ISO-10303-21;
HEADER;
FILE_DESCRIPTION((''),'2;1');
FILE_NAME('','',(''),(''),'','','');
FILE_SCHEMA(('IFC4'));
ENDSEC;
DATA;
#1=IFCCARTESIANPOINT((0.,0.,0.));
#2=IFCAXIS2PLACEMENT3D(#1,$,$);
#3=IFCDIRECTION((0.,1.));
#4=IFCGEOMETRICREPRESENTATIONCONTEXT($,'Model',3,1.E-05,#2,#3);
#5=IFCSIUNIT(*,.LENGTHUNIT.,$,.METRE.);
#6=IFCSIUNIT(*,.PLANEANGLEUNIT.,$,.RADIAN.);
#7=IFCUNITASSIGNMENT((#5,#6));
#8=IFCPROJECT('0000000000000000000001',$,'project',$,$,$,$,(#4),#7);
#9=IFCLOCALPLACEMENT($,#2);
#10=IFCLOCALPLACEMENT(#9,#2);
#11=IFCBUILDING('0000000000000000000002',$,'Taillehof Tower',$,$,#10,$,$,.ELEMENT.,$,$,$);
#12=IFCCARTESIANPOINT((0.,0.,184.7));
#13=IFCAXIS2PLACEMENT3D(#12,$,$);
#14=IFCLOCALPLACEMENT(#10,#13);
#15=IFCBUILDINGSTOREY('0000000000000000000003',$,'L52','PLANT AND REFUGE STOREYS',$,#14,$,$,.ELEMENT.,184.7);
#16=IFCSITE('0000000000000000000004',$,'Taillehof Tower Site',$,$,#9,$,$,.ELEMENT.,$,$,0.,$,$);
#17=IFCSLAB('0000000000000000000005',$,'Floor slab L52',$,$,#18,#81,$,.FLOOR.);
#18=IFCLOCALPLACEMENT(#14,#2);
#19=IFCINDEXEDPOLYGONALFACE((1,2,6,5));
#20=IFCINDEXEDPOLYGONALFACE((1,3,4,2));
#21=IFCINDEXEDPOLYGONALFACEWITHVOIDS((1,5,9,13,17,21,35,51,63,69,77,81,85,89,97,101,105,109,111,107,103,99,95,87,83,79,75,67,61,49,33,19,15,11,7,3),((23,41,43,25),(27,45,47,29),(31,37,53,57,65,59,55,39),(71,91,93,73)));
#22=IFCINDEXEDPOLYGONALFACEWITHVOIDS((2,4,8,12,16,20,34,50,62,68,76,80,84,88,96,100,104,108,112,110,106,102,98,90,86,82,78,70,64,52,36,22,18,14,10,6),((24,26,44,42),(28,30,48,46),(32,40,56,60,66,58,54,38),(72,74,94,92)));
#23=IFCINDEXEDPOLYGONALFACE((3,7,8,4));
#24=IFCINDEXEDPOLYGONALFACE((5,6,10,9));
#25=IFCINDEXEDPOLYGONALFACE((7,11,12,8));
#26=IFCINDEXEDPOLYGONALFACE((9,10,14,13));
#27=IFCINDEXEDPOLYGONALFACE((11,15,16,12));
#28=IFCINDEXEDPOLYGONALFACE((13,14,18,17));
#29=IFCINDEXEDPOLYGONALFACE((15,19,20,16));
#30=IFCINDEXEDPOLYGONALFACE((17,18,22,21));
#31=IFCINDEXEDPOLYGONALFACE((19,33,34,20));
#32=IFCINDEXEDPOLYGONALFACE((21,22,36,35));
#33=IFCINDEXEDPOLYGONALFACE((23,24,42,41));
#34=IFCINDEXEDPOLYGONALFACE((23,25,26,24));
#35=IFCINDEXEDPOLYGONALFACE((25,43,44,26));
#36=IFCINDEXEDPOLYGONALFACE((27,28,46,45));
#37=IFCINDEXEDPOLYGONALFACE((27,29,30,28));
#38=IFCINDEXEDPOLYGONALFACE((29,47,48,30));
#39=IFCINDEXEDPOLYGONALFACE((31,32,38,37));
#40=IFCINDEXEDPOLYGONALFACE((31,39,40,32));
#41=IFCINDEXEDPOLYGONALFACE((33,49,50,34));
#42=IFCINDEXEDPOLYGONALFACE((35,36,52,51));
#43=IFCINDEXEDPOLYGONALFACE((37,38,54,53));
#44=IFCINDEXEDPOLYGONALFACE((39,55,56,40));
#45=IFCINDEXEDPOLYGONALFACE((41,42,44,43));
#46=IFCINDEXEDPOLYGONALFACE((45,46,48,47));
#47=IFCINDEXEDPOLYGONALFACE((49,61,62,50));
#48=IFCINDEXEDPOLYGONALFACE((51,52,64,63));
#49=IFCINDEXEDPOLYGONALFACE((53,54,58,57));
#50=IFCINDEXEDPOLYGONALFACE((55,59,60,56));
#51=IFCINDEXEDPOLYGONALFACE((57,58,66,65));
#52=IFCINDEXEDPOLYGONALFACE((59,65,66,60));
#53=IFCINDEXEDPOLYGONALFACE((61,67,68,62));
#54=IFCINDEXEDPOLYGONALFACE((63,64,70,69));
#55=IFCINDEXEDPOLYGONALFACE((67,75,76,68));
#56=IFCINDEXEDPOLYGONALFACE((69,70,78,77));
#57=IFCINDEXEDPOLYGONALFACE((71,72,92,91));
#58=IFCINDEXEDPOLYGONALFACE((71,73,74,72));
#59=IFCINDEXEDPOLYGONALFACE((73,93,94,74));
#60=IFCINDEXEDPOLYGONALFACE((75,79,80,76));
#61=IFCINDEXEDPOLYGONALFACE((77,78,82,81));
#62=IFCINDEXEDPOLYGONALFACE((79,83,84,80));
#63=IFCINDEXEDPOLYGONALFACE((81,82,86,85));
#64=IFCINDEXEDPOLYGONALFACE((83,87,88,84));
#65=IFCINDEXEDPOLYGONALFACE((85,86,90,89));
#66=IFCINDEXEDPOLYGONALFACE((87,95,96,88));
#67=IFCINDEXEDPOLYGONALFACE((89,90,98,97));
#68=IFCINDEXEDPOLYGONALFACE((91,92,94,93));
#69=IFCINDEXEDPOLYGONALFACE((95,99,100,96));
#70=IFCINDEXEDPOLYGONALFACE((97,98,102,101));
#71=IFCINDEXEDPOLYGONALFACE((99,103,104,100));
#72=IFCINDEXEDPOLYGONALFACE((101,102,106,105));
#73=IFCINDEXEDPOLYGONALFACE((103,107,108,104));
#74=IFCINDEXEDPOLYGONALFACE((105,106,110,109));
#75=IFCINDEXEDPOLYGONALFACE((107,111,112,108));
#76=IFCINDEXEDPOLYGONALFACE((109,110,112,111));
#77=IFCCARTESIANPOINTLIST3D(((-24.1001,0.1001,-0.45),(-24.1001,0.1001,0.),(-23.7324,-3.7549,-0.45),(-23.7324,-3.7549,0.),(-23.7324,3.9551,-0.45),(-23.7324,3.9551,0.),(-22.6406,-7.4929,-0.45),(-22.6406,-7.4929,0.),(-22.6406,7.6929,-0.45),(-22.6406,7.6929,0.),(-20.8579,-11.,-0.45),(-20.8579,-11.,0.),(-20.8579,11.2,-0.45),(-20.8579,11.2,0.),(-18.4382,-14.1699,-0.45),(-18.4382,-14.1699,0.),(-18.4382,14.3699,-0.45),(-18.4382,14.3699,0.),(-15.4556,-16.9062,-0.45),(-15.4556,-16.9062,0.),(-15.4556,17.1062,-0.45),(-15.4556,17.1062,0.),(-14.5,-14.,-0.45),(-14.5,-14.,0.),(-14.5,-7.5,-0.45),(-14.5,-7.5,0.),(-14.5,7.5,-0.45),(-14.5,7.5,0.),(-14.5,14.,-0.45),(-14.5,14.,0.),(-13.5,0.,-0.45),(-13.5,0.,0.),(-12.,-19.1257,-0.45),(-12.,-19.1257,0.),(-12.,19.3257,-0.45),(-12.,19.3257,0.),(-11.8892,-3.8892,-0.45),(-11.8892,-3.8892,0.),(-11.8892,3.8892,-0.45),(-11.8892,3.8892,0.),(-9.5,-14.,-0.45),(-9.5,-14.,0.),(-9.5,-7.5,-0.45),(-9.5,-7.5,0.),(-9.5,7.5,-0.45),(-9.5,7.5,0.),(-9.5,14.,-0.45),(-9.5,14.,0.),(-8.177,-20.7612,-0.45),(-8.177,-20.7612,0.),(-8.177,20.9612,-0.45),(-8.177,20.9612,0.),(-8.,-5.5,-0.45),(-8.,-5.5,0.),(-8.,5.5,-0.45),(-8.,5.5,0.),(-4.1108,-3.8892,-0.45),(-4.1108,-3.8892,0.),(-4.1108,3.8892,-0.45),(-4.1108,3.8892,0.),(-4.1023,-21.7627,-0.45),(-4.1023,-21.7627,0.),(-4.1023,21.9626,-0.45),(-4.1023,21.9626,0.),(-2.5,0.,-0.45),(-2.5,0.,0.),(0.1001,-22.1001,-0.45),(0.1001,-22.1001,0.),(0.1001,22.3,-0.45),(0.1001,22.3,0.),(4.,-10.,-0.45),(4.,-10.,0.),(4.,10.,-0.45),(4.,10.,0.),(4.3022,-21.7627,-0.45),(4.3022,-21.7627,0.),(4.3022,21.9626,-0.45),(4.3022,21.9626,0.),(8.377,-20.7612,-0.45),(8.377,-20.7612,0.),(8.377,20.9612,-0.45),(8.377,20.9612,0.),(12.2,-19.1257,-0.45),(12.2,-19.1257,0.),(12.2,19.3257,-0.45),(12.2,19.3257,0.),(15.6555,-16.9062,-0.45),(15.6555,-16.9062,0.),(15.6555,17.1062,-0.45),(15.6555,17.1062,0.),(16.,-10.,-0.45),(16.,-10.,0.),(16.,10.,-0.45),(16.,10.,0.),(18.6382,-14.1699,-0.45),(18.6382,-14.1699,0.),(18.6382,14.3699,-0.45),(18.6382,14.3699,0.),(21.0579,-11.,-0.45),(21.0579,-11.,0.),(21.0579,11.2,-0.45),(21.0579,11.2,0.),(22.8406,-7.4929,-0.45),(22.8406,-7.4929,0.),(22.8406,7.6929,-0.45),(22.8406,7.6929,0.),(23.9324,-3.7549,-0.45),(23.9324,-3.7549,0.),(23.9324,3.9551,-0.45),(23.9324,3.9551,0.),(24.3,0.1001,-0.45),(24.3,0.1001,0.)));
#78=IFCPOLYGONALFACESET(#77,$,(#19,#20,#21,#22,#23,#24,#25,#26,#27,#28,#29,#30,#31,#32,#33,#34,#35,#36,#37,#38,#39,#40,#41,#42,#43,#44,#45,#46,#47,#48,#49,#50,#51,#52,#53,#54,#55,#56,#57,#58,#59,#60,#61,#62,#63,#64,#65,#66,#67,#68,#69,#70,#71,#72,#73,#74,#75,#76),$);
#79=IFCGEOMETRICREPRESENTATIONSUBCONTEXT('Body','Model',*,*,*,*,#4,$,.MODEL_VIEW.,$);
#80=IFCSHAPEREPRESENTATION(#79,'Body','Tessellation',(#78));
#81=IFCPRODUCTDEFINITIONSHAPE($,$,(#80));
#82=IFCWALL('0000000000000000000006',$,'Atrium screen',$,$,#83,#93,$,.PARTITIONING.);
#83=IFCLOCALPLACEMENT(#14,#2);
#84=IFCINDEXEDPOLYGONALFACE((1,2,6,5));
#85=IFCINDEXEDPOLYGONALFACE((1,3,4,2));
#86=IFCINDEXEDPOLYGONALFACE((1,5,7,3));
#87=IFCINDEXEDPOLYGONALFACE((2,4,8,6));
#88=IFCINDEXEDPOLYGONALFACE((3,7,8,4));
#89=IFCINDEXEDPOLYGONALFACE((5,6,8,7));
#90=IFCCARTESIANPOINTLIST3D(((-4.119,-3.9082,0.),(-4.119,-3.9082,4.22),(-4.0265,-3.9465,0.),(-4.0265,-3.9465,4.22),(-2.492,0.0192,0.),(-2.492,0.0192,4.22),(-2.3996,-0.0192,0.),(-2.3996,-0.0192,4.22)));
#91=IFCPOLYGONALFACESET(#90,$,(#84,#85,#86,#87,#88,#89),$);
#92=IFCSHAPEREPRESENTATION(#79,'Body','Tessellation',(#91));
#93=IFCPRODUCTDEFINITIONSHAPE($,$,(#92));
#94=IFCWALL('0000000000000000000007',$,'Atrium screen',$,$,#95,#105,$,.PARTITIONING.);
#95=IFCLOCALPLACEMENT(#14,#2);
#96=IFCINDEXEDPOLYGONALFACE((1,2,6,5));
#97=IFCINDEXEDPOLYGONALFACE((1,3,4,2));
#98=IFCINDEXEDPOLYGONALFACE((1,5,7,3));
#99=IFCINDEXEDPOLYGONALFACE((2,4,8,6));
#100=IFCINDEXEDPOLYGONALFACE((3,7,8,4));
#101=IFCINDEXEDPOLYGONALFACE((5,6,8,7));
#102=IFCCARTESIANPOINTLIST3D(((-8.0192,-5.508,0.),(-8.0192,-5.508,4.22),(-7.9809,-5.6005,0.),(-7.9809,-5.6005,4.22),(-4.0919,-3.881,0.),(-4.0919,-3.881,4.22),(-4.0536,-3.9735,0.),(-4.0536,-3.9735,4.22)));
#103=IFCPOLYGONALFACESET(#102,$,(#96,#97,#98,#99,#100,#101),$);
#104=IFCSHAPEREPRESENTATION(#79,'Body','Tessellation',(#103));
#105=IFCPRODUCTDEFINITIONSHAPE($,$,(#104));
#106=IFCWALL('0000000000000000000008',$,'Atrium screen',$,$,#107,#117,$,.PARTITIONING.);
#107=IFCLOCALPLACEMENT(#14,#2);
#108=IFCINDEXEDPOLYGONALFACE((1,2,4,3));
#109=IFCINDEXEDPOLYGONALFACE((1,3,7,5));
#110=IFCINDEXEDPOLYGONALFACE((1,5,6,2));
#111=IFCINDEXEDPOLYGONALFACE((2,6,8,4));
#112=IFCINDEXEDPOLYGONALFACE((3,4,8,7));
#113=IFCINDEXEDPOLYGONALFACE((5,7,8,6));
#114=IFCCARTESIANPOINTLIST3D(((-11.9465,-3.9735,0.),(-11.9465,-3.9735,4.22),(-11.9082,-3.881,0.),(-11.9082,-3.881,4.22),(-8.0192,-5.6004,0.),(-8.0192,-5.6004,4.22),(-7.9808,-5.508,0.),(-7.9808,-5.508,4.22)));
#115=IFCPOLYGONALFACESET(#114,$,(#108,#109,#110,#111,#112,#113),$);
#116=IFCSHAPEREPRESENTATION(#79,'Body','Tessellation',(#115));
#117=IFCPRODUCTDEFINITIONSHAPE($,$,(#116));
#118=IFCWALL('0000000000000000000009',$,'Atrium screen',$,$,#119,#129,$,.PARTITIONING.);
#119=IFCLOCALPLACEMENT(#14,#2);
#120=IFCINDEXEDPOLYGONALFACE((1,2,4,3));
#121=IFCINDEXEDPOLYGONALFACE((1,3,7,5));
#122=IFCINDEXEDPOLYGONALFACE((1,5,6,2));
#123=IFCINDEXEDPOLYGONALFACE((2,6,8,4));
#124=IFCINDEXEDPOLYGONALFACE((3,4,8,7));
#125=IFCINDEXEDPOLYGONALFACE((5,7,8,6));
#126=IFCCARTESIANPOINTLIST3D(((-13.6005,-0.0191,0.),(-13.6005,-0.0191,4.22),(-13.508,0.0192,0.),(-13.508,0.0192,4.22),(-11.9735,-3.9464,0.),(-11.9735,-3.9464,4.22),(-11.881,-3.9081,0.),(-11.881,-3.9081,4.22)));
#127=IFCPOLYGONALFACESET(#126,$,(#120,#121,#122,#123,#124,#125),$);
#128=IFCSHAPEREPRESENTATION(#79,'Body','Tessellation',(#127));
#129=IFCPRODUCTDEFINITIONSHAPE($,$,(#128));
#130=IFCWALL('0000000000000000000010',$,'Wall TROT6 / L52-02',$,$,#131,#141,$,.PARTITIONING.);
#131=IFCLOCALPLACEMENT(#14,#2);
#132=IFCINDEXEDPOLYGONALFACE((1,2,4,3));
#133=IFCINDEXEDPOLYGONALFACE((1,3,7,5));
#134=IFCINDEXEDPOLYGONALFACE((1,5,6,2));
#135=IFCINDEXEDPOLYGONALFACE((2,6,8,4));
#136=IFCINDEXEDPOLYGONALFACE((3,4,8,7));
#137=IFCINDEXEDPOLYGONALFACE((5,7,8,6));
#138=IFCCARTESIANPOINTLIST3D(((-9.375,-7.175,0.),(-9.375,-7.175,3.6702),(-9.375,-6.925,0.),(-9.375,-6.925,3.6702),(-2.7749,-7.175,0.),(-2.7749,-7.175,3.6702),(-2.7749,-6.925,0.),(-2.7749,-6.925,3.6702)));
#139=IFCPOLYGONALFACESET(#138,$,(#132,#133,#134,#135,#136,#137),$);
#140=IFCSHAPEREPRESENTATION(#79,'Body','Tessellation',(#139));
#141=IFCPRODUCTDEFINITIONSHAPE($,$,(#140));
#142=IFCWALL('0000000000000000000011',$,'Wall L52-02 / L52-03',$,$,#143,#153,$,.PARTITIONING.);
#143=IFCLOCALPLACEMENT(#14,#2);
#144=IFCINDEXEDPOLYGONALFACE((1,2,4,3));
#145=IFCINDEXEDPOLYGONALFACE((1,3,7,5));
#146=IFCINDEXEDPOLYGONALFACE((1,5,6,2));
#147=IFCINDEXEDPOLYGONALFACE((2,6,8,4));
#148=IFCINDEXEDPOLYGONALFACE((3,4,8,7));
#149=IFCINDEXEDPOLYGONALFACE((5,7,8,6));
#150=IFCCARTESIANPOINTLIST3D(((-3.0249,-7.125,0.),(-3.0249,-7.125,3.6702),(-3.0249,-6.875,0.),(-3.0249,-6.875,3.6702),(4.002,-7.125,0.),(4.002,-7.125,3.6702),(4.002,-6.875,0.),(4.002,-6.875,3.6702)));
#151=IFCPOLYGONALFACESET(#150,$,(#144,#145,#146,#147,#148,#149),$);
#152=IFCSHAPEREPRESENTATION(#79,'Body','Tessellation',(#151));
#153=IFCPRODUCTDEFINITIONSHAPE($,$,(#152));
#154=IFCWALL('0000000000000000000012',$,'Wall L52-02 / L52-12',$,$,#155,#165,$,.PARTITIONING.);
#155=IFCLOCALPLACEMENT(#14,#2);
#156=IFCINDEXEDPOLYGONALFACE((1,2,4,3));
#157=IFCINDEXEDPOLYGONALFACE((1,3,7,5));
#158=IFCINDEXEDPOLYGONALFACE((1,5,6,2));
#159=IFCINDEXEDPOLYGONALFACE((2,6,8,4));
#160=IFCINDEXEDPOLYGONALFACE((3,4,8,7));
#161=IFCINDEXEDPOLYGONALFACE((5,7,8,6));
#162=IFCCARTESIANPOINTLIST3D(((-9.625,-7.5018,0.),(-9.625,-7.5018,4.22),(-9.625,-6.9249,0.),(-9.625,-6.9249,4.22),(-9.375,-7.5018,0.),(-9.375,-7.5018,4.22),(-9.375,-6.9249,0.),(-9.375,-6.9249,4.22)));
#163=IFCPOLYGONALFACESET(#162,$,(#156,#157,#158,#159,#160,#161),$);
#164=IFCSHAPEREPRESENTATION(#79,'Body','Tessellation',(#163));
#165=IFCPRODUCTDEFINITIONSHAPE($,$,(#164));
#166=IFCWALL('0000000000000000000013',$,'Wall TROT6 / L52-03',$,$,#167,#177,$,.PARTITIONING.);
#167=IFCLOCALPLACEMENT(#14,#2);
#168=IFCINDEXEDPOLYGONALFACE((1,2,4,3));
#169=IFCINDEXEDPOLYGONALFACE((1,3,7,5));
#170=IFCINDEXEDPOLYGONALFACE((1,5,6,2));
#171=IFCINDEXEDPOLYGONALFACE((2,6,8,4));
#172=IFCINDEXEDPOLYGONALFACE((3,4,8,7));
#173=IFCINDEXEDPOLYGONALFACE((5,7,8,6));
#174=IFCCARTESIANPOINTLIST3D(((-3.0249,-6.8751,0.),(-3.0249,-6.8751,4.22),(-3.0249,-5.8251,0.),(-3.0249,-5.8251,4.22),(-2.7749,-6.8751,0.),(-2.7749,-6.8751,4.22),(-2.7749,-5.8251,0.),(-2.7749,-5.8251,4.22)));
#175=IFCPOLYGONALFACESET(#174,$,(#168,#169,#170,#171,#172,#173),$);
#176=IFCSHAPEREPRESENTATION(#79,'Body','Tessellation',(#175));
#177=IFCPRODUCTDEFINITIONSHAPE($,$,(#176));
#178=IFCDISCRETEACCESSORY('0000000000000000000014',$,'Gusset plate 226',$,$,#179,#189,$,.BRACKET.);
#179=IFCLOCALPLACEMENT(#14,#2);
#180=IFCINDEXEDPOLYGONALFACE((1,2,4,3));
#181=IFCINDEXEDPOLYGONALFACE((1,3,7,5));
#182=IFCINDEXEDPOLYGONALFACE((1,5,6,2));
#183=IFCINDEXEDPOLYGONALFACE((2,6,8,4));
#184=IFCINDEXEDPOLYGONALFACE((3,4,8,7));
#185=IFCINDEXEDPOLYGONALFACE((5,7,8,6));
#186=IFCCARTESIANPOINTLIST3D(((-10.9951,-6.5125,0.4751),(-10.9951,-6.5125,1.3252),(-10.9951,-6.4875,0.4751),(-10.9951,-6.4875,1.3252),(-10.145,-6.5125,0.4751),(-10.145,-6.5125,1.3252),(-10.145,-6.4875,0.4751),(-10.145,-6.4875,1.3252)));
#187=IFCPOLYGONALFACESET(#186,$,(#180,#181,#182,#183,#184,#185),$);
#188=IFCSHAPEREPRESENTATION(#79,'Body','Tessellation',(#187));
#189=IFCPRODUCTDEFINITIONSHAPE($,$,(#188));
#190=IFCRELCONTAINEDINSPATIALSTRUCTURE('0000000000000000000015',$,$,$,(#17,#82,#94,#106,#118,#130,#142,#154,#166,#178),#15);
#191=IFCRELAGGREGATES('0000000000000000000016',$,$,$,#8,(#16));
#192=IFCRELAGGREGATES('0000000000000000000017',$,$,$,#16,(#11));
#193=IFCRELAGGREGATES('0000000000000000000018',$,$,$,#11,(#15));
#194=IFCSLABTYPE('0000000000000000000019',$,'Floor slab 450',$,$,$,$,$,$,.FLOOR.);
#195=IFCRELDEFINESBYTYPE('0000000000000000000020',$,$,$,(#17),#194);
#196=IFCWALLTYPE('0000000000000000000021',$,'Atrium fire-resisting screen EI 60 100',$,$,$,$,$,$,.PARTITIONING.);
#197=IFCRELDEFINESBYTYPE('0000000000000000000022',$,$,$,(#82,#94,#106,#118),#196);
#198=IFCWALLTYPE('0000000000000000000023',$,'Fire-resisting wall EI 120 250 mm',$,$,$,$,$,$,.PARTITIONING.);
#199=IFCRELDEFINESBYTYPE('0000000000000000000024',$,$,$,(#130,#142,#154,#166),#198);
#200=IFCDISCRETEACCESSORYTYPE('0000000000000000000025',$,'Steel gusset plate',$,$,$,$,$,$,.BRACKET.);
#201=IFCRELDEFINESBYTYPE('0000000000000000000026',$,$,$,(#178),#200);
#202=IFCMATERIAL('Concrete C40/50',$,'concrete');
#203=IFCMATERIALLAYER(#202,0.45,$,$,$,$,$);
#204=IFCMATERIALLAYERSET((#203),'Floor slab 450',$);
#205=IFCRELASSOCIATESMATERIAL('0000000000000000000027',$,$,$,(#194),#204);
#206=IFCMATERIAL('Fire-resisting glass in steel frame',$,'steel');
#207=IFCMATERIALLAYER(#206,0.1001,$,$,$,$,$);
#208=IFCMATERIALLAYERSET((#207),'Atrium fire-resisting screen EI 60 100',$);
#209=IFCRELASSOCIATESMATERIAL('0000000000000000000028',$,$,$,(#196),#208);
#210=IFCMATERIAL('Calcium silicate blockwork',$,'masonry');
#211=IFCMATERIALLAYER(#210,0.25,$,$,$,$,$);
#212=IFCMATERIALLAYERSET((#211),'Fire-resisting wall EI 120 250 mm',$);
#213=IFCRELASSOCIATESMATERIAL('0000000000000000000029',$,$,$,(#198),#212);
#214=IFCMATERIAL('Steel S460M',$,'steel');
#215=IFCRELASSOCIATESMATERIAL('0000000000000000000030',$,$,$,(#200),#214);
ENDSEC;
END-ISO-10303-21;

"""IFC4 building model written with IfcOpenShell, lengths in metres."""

from ifc_helpers import new_model, si_unit, direction, frame, frame_2d, origin, origin_2d, place, context, subcontext, project, spatial, polyline, rectangle, outline, extrude, material, layer, layer_set, type_object, element, save


model = new_model("IFC4")

# Units and contexts
model_context = context("Model", 3, precision=1e-05, world=origin(), true_north=direction((0.0, 1.0)))
body_context = subcontext(model_context, "Body", "Model", "MODEL_VIEW")
ifc_project = project(units=[si_unit("LENGTHUNIT", "METRE"), si_unit("PLANEANGLEUNIT", "RADIAN")], contexts=[model_context])

# Site, building, storey
site_placement = place(None, origin())
site = spatial("IfcSite", under=ifc_project, at=site_placement, Name="Taillehof Tower Site", CompositionType="ELEMENT", RefElevation=0.0)
building_placement = place(site_placement, origin())
building = spatial("IfcBuilding", under=site, at=building_placement, Name="Taillehof Tower", CompositionType="ELEMENT")
storey_placement = place(building_placement, frame((0.0, 0.0, 184.7)))
storey = spatial("IfcBuildingStorey", under=building, at=storey_placement, Name="L52", Description="PLANT AND REFUGE STOREYS", CompositionType="ELEMENT", Elevation=184.7)

# Slab
ifc_material_1 = material(Name="Concrete C40/50", Category="concrete")
ifc_layer_1 = layer(ifc_material_1, 0.45)
ifc_layer_set_1 = layer_set([ifc_layer_1], Name="Floor slab 450")
slab_type = type_object("IfcSlabType", Name="Floor slab 450", PredefinedType="FLOOR", material=ifc_layer_set_1)
slab_placement = place(storey_placement, frame((0.0, 0.0, -0.45)))
element("IfcSlab", 1, at=slab_placement, inside=storey, type_object=slab_type, Name="Floor slab L52", PredefinedType="FLOOR", context=body_context, shape_type="SweptSolid", body=[
    extrude(outline(polyline([(24.3, 0.1001), (23.9324, 3.9551), (22.8406, 7.6929), (21.0579, 11.2), (18.6382, 14.3699), (15.6555, 17.1062), (12.2, 19.3257), (8.377, 20.9612), (4.3022, 21.9626), (0.1001, 22.3), (-4.1023, 21.9626), (-8.177, 20.9612), (-12.0, 19.3257), (-15.4556, 17.1062), (-18.4382, 14.3699), (-20.8579, 11.2), (-22.6406, 7.6929), (-23.7324, 3.9551), (-24.1001, 0.1001), (-23.7324, -3.7549), (-22.6406, -7.4929), (-20.8579, -11.0), (-18.4382, -14.1699), (-15.4556, -16.9062), (-12.0, -19.1257), (-8.177, -20.7612), (-4.1023, -21.7627), (0.1001, -22.1001), (4.3022, -21.7627), (8.377, -20.7612), (12.2, -19.1257), (15.6555, -16.9062), (18.6382, -14.1699), (21.0579, -11.0), (22.8406, -7.4929), (23.9324, -3.7549), (24.3, 0.1001)]), holes=[polyline([(-14.5, -7.5), (-9.5, -7.5), (-9.5, -14.0), (-14.5, -14.0), (-14.5, -7.5)]), polyline([(-8.0, -5.5), (-11.8892, -3.8892), (-13.5, 0.0), (-11.8892, 3.8892), (-8.0, 5.5), (-4.1108, 3.8892), (-2.5, 0.0), (-4.1108, -3.8892), (-8.0, -5.5)]), polyline([(16.0, 10.0), (16.0, -10.0), (4.0, -10.0), (4.0, 10.0), (16.0, 10.0)]), polyline([(-14.5, 14.0), (-9.5, 14.0), (-9.5, 7.5), (-14.5, 7.5), (-14.5, 14.0)])]), origin(), (0.0, 0.0, 1.0), 0.45),
])

# Walls
ifc_material_2 = material(Name="Fire-resisting glass in steel frame", Category="steel")
ifc_layer_2 = layer(ifc_material_2, 0.1001)
ifc_layer_set_2 = layer_set([ifc_layer_2], Name="Atrium fire-resisting screen EI 60 100")
wall_type_1 = type_object("IfcWallType", Name="Atrium fire-resisting screen EI 60 100", PredefinedType="PARTITIONING", material=ifc_layer_set_2)
for number, where, z_axis, x_axis, name in (
    (2, (-2.4458, 0.0, 0.0), (0.0, 0.0, 1.0), (-0.382731, -0.92386, 0.0), "Atrium screen"),
    (3, (-4.0728, -3.9272, 0.0), (0.0, 0.0, 1.0), (-0.92386, -0.382731, 0.0), "Atrium screen"),
    (4, (-8.0, -5.5542, 0.0), (0.0, 0.0, 1.0), (-0.92386, 0.382731, 0.0), "Atrium screen"),
    (5, (-11.9272, -3.9272, 0.0), (0.0, 0.0, 1.0), (-0.382731, 0.92386, 0.0), "Atrium screen"),
):
    element("IfcWall", number, at=place(storey_placement, frame(where, z_axis=z_axis, x_axis=x_axis)), inside=storey, type_object=wall_type_1, Name=name, PredefinedType="PARTITIONING", context=body_context, shape_type="SweptSolid", body=[
        extrude(rectangle(XDim=4.251, YDim=0.1001, at=frame_2d((2.1255, 0.0))), origin(), (0.0, 0.0, 1.0), 4.22),
    ])
ifc_material_3 = material(Name="Calcium silicate blockwork", Category="masonry")
ifc_layer_3 = layer(ifc_material_3, 0.25)
ifc_layer_set_3 = layer_set([ifc_layer_3], Name="Fire-resisting wall EI 120 250 mm")
wall_type_2 = type_object("IfcWallType", Name="Fire-resisting wall EI 120 250 mm", PredefinedType="PARTITIONING", material=ifc_layer_set_3)
wall_1_placement = place(storey_placement, frame((-9.375, -7.05, 0.0), z_axis=(0.0, 0.0, 1.0), x_axis=(1.0, 0.0, 0.0)))
element("IfcWall", 6, at=wall_1_placement, inside=storey, type_object=wall_type_2, Name="Wall TROT6 / L52-02", PredefinedType="PARTITIONING", context=body_context, shape_type="SweptSolid", body=[
    extrude(rectangle(XDim=6.6001, YDim=0.25, at=frame_2d((3.3, 0.0))), origin(), (0.0, 0.0, 1.0), 3.6702),
])
wall_2_placement = place(storey_placement, frame((-3.0249, -7.0, 0.0), z_axis=(0.0, 0.0, 1.0), x_axis=(1.0, 0.0, 0.0)))
element("IfcWall", 7, at=wall_2_placement, inside=storey, type_object=wall_type_2, Name="Wall L52-02 / L52-03", PredefinedType="PARTITIONING", context=body_context, shape_type="SweptSolid", body=[
    extrude(rectangle(XDim=7.0269, YDim=0.25, at=frame_2d((3.5134, 0.0))), origin(), (0.0, 0.0, 1.0), 3.6702),
])
wall_3_placement = place(storey_placement, frame((-9.5, -7.502, 0.0), z_axis=(0.0, 0.0, 1.0), x_axis=(0.0, 1.0, 0.0)))
element("IfcWall", 8, at=wall_3_placement, inside=storey, type_object=wall_type_2, Name="Wall L52-02 / L52-12", PredefinedType="PARTITIONING", context=body_context, shape_type="SweptSolid", body=[
    extrude(rectangle(XDim=0.5769, YDim=0.25, at=frame_2d((0.2886, 0.0))), origin(), (0.0, 0.0, 1.0), 4.22),
])
wall_4_placement = place(storey_placement, frame((-2.8999, -6.875, 0.0), z_axis=(0.0, 0.0, 1.0), x_axis=(0.0, 1.0, 0.0)))
element("IfcWall", 9, at=wall_4_placement, inside=storey, type_object=wall_type_2, Name="Wall TROT6 / L52-03", PredefinedType="PARTITIONING", context=body_context, shape_type="SweptSolid", body=[
    extrude(rectangle(XDim=1.05, YDim=0.25, at=frame_2d((0.5249, 0.0))), origin(), (0.0, 0.0, 1.0), 4.22),
])

# Discrete accessory
ifc_material_4 = material(Name="Steel S460M", Category="steel")
discrete_accessory_type = type_object("IfcDiscreteAccessoryType", Name="Steel gusset plate", PredefinedType="BRACKET", material=ifc_material_4)
for number, where, z_axis, x_axis, name in (
    (10, (-10.5701, -6.5, 0.4751), (0.0, 0.0, 1.0), (-1.0, 0.0, 0.0), "Gusset plate 226"),
):
    element("IfcDiscreteAccessory", number, at=place(storey_placement, frame(where, z_axis=z_axis, x_axis=x_axis)), inside=storey, type_object=discrete_accessory_type, Name=name, PredefinedType="BRACKET", context=body_context, shape_type="SweptSolid", body=[
        extrude(rectangle(XDim=0.8501, YDim=0.0249, at=origin_2d()), origin(), (0.0, 0.0, 1.0), 0.8501),
    ])

save(model, "model.ifc")
